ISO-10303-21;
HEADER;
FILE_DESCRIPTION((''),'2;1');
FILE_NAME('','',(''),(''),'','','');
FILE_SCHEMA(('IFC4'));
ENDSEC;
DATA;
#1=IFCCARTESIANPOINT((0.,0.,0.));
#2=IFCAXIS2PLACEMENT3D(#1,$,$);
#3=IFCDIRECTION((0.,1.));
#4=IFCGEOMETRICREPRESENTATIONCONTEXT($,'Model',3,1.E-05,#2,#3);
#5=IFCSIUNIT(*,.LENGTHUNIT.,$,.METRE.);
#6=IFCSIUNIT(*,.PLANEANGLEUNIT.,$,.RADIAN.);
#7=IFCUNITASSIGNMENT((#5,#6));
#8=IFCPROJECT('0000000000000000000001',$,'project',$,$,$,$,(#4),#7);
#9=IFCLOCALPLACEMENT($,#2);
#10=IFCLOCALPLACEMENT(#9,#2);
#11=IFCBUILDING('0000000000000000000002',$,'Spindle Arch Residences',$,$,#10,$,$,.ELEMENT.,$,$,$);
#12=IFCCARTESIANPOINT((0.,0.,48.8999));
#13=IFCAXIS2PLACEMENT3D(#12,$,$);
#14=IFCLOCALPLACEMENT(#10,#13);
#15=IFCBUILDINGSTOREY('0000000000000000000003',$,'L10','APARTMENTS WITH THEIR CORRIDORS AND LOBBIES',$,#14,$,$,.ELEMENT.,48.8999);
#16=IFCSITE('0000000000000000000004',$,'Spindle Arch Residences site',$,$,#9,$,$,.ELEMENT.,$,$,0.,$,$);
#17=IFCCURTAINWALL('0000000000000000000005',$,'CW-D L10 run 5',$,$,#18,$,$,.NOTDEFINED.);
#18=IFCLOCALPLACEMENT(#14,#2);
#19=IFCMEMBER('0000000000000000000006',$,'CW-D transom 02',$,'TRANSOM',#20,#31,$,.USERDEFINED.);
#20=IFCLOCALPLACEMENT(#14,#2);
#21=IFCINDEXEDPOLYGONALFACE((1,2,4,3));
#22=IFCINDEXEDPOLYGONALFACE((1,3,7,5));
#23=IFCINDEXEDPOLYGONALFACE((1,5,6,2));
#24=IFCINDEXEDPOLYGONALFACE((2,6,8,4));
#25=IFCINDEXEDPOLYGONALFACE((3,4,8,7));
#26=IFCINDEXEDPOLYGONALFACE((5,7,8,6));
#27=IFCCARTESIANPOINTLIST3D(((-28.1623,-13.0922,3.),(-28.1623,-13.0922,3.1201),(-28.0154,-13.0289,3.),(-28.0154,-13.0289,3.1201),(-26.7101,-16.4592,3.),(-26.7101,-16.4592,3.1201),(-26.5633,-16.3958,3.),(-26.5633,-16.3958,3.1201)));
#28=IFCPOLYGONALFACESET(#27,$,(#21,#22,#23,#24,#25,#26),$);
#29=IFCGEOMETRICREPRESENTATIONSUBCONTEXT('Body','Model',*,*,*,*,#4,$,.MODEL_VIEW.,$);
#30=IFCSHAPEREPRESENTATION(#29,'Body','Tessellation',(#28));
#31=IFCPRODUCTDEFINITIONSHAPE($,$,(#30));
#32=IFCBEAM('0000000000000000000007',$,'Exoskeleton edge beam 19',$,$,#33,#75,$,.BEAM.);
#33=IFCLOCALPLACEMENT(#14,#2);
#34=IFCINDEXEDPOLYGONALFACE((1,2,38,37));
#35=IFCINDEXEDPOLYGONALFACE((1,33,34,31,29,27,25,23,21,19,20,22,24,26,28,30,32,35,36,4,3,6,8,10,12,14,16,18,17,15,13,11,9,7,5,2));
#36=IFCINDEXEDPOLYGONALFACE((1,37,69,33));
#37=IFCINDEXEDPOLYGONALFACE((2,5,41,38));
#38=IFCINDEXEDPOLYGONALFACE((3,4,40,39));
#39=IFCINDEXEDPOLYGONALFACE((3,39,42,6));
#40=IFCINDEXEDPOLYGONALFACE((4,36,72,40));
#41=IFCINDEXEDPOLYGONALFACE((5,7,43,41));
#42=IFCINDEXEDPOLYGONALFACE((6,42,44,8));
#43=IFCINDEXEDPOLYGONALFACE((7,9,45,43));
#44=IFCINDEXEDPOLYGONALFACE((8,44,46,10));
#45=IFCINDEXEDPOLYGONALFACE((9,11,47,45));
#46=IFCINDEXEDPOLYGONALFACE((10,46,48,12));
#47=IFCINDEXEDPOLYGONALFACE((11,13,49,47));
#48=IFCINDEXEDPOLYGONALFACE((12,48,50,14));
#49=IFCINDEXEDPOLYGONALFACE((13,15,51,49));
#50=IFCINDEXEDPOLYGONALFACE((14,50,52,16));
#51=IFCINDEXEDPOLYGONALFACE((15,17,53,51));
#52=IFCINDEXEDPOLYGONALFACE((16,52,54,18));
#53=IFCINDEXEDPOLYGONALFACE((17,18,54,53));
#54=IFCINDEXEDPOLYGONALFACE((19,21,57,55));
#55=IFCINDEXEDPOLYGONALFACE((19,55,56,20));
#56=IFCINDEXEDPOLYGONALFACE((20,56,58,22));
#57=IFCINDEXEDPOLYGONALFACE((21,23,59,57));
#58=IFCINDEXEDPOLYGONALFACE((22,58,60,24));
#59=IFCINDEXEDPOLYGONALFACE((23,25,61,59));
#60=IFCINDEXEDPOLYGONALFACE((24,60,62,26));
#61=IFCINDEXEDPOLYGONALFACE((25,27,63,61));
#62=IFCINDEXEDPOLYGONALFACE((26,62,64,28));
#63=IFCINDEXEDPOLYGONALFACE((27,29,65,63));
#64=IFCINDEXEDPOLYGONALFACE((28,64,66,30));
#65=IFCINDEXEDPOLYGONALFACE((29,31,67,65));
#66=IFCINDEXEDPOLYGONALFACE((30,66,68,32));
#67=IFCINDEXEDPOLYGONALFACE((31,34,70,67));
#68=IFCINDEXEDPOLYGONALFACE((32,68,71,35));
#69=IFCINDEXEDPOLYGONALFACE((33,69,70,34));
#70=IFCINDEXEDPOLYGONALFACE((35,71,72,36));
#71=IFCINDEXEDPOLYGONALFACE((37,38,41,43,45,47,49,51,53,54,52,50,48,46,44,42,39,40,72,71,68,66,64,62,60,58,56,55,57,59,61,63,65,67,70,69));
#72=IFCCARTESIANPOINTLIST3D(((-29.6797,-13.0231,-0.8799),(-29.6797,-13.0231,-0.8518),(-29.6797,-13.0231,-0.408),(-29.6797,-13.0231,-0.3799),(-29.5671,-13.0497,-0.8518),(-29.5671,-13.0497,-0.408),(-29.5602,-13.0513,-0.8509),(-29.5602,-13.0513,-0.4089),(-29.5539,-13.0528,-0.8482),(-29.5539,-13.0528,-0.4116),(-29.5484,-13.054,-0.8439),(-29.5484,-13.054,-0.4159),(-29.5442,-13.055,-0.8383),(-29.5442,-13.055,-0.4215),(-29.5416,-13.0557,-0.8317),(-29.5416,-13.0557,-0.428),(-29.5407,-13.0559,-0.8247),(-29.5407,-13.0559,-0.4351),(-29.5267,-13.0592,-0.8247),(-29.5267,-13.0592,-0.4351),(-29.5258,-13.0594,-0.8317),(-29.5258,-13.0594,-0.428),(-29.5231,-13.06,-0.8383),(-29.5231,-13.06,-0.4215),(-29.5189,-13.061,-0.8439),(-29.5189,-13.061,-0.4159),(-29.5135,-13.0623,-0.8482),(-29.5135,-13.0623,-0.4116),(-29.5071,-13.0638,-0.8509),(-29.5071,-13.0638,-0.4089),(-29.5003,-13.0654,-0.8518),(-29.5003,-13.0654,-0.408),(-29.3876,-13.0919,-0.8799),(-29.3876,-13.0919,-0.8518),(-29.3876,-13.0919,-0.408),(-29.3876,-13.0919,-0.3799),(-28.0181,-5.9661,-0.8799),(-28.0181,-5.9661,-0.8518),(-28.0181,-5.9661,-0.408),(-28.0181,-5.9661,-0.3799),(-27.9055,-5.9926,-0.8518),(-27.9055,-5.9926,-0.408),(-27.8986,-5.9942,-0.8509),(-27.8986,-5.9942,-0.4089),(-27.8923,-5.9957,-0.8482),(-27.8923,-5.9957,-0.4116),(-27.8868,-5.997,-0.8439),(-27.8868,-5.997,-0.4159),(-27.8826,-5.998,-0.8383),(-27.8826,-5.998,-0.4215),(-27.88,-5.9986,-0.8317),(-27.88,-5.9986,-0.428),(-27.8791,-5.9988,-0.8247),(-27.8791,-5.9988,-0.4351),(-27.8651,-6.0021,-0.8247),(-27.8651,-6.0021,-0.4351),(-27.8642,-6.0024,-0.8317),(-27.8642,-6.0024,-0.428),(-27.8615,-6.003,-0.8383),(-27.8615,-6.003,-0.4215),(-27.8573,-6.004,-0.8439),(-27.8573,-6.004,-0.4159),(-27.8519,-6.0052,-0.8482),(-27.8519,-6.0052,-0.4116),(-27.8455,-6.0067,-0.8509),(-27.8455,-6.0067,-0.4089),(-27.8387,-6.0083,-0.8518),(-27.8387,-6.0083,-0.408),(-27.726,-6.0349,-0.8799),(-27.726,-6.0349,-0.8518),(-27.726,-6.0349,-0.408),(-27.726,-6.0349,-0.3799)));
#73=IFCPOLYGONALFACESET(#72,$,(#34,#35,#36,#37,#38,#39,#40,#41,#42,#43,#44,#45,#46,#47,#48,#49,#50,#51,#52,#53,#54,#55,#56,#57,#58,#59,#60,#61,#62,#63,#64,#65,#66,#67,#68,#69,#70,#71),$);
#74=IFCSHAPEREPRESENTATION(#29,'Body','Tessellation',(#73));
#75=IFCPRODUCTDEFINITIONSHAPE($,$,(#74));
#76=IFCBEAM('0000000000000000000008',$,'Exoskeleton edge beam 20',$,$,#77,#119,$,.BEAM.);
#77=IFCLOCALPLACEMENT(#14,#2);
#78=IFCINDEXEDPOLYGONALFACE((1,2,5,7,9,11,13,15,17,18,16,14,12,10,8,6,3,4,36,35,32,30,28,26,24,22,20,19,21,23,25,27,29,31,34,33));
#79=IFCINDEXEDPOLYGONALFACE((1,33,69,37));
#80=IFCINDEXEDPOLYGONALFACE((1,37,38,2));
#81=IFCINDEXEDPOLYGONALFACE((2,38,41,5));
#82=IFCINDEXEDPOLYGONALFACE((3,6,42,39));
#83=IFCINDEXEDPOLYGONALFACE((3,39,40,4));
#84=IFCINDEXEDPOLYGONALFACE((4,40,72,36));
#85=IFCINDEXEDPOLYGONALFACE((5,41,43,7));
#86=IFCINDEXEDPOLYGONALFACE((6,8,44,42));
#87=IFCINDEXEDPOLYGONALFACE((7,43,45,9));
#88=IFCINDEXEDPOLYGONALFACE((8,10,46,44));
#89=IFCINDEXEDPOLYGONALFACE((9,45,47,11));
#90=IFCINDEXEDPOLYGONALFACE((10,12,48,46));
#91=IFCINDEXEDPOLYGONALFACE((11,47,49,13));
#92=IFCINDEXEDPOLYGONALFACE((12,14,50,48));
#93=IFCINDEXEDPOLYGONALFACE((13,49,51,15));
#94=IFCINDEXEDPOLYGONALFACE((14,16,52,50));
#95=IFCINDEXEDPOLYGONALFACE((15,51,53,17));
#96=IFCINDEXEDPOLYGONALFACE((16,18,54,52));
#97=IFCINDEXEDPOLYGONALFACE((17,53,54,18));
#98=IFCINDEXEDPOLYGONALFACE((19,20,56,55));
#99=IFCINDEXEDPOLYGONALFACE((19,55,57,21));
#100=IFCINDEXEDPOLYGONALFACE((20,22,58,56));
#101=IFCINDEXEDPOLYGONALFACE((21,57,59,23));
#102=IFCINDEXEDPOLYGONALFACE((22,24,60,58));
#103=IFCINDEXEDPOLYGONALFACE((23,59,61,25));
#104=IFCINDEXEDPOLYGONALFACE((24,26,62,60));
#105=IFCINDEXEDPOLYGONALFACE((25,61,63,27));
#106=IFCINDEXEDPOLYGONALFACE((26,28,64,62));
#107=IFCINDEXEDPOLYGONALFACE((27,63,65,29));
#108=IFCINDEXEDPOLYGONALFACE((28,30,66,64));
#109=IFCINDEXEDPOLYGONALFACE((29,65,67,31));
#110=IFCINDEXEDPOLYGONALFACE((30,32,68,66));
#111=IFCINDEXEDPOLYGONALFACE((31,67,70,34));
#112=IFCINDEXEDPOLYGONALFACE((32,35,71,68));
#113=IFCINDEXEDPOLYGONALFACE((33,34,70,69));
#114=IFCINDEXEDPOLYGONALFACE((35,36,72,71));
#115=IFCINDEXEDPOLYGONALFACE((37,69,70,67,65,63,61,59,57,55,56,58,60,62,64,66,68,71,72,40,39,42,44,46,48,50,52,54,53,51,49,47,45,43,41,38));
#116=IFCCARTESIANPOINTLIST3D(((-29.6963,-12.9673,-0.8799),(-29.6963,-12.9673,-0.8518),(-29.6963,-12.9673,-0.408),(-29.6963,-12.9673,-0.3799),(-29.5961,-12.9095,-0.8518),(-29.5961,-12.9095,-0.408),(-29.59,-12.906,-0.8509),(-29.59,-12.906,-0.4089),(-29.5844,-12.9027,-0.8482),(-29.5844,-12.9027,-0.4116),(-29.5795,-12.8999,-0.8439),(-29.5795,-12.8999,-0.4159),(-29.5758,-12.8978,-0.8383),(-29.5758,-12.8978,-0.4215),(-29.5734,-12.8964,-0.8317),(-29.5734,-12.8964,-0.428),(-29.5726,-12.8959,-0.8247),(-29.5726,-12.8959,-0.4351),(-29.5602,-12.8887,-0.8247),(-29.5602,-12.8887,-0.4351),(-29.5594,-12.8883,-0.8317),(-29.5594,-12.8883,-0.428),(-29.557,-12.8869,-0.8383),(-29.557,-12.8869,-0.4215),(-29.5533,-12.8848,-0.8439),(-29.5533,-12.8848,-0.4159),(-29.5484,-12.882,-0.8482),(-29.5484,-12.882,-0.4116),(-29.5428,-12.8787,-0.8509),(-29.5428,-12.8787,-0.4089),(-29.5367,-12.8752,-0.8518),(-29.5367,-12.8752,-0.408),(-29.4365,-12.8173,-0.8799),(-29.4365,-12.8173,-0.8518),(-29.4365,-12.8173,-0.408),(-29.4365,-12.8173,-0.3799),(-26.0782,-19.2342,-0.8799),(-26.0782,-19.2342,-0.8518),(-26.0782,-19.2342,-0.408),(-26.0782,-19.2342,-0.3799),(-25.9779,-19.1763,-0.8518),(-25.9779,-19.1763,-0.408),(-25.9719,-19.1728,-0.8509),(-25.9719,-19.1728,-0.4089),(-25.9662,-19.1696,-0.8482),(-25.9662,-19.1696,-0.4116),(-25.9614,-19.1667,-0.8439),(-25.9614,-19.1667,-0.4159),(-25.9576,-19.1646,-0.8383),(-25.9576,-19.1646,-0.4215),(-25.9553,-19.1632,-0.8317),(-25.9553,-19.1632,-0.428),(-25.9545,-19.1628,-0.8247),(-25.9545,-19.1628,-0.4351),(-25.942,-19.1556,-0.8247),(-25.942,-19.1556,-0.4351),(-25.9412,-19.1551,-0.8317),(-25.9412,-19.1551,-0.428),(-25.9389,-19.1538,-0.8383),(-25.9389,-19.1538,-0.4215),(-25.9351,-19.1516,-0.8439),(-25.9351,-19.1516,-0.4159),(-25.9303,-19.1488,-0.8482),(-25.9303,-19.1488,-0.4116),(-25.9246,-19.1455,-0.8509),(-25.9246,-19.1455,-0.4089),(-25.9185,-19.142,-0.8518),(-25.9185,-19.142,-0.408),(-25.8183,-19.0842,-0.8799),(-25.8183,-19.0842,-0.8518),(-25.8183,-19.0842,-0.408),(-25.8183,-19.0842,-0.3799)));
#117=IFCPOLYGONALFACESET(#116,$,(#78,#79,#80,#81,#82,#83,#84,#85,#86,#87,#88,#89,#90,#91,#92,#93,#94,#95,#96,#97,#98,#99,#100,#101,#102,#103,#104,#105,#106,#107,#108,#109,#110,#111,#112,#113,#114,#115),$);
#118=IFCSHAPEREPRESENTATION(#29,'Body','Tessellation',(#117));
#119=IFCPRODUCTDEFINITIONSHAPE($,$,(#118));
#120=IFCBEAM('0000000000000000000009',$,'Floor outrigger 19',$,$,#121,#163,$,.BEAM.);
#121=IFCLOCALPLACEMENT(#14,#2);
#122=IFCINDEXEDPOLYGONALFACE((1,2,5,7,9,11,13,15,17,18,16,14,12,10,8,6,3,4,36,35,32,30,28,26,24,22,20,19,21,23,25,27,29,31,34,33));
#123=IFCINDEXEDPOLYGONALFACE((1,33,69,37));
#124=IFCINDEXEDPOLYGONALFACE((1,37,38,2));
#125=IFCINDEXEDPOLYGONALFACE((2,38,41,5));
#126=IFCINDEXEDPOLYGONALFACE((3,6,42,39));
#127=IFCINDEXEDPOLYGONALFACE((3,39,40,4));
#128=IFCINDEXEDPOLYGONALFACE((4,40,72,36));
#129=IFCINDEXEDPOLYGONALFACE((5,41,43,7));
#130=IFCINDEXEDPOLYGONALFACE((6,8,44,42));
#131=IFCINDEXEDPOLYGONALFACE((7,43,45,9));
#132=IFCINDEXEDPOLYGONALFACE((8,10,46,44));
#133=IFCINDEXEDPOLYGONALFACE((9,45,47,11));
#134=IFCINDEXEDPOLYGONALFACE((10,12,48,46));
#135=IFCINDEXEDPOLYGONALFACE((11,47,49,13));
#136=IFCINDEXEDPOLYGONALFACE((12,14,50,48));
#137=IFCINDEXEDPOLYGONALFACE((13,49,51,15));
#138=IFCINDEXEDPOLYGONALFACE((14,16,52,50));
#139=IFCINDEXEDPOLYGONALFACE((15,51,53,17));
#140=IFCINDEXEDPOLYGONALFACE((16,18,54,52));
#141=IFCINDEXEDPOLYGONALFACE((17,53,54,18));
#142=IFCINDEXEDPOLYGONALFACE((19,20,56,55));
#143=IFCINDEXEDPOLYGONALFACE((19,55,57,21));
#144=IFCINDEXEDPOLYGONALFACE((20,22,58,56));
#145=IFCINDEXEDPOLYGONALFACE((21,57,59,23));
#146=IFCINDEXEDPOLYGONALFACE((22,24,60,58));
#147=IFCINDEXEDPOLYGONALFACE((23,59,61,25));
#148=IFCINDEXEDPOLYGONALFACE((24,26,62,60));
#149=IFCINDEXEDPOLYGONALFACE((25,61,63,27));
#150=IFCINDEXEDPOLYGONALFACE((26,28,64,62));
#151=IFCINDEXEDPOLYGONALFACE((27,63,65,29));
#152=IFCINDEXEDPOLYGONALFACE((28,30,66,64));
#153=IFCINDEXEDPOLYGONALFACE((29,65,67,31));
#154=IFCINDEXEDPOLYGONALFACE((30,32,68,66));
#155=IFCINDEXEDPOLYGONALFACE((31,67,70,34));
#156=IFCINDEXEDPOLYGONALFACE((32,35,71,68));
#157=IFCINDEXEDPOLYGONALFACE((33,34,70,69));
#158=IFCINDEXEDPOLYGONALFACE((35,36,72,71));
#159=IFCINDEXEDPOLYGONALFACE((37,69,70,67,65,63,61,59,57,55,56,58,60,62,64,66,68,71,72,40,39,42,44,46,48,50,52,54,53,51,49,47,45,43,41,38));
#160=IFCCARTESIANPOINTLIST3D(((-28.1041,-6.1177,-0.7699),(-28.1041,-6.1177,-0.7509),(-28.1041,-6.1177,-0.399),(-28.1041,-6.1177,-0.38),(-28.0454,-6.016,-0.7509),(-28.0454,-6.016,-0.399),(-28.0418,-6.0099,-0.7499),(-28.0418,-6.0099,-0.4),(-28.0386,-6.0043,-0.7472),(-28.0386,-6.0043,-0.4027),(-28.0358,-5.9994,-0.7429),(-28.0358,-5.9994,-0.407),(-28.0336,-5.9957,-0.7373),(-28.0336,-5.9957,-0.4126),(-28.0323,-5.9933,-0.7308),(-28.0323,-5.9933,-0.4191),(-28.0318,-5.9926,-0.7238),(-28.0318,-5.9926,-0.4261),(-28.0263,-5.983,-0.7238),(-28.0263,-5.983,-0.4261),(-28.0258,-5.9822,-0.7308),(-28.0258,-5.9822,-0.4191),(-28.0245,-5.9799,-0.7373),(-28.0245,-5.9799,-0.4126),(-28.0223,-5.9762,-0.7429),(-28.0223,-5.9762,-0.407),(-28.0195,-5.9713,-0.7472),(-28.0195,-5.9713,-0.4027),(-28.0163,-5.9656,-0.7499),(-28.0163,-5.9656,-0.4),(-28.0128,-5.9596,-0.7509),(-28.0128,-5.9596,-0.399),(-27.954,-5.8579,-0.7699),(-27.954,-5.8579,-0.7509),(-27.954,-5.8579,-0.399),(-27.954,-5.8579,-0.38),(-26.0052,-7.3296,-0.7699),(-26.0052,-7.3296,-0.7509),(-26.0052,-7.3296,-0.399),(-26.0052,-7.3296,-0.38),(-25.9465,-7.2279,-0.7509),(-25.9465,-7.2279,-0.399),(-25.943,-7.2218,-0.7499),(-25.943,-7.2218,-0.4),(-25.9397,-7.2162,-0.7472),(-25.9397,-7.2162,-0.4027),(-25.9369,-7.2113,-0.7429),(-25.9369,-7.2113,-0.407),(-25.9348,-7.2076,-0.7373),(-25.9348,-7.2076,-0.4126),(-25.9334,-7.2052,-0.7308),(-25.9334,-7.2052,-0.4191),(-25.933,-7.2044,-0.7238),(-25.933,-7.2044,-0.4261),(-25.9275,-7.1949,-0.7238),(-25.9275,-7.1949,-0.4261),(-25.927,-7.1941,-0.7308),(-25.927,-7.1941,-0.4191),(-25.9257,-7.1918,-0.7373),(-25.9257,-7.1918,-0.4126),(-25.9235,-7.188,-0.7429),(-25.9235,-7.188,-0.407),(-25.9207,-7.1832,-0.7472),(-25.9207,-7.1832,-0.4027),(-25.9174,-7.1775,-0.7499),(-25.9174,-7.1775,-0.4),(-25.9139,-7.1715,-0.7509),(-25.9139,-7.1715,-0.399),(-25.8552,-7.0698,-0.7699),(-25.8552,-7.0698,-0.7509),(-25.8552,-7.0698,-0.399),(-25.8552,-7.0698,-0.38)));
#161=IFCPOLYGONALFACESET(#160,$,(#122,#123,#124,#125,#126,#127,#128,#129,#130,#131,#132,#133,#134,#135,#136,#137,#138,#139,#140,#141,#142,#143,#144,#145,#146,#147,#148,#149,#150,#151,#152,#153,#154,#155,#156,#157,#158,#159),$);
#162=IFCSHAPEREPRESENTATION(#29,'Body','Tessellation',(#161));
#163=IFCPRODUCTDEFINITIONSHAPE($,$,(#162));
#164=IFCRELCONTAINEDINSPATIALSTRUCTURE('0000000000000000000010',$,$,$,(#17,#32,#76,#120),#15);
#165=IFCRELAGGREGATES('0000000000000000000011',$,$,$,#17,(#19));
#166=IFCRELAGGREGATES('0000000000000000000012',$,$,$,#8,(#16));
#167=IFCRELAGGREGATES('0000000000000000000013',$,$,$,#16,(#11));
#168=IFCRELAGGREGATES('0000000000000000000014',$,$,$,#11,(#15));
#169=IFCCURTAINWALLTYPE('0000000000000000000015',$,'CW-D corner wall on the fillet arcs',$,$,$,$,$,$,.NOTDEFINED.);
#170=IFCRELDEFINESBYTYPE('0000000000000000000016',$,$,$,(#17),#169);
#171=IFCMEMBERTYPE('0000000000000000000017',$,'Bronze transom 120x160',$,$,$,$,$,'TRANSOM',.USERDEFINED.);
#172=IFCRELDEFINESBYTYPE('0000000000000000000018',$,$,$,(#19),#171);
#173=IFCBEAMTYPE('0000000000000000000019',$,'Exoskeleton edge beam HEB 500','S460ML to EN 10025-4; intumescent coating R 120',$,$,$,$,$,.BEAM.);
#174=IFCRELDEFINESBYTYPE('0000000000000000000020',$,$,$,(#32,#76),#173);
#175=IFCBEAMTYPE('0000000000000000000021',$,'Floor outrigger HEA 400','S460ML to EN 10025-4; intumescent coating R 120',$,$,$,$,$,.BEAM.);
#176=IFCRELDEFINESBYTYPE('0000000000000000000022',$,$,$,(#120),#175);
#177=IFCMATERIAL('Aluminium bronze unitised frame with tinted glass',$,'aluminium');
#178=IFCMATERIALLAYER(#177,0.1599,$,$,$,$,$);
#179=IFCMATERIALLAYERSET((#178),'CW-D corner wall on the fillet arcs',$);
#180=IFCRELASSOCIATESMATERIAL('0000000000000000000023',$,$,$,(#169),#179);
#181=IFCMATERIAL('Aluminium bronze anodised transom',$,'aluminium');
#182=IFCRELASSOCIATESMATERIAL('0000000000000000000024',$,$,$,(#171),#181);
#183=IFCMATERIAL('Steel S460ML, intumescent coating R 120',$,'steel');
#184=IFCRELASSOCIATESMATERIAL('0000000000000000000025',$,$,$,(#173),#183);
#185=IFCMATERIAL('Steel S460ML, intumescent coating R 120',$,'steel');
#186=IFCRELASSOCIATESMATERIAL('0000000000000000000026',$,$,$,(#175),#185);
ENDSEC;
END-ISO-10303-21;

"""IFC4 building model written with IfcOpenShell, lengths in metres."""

from ifc_helpers import new_model, si_unit, direction, frame, origin, origin_2d, place, context, subcontext, project, spatial, rectangle, i_section, extrude, material, layer, layer_set, material_profile, profile_set, type_object, element, aggregate, save


model = new_model("IFC4")

# Units and contexts
model_context = context("Model", 3, precision=1e-05, world=origin(), true_north=direction((0.0, 1.0)))
body_context = subcontext(model_context, "Body", "Model", "MODEL_VIEW")
ifc_project = project(units=[si_unit("LENGTHUNIT", "METRE"), si_unit("PLANEANGLEUNIT", "RADIAN")], contexts=[model_context])

# Site, building, storey
site_placement = place(None, origin())
site = spatial("IfcSite", under=ifc_project, at=site_placement, Name="Spindle Arch Residences site", CompositionType="ELEMENT", RefElevation=0.0)
building_placement = place(site_placement, origin())
building = spatial("IfcBuilding", under=site, at=building_placement, Name="Spindle Arch Residences", CompositionType="ELEMENT")
storey_placement = place(building_placement, frame((0.0, 0.0, 48.8999)))
storey = spatial("IfcBuildingStorey", under=building, at=storey_placement, Name="L10", Description="APARTMENTS WITH THEIR CORRIDORS AND LOBBIES", CompositionType="ELEMENT", Elevation=48.8999)

# Curtain wall, member
ifc_material_1 = material(Name="Aluminium bronze unitised frame with tinted glass", Category="aluminium")
ifc_layer_1 = layer(ifc_material_1, 0.1599)
ifc_layer_set_1 = layer_set([ifc_layer_1], Name="CW-D corner wall on the fillet arcs")
curtain_wall_type_1 = type_object("IfcCurtainWallType", Name="CW-D corner wall on the fillet arcs", PredefinedType="NOTDEFINED", material=ifc_layer_set_1)
curtain_wall_1_placement = place(storey_placement, origin())
curtain_wall_1 = element("IfcCurtainWall", 1, at=curtain_wall_1_placement, inside=storey, type_object=curtain_wall_type_1, Name="CW-D L10 run 5", PredefinedType="NOTDEFINED")
ifc_material_2 = material(Name="Aluminium bronze anodised transom", Category="aluminium")
ifc_material_profile_1 = material_profile(ifc_material_2, rectangle(XDim=0.1599, YDim=0.1201, at=origin_2d()), Name="TR 120x160")
ifc_profile_set_1 = profile_set([ifc_material_profile_1], Name="Aluminium bronze anodised transom")
member_type_1 = type_object("IfcMemberType", Name="Bronze transom 120x160", ElementType="TRANSOM", PredefinedType="USERDEFINED", material=ifc_profile_set_1)
member_1_placement = place(storey_placement, frame((-28.0889, -13.0605, 3.0601), z_axis=(0.396032, -0.918237, 0.0), x_axis=(0.918237, 0.396032, 0.0)))
member_1 = element("IfcMember", 2, at=member_1_placement, type_object=member_type_1, Name="CW-D transom 02", ObjectType="TRANSOM", PredefinedType="USERDEFINED", context=body_context, shape_type="SweptSolid", body=[
    extrude(rectangle(XDim=0.1599, YDim=0.1201, at=origin_2d()), origin(), (0.0, 0.0, 1.0), 3.6667),
])

# Beams
ifc_material_3 = material(Name="Steel S460ML, intumescent coating R 120", Category="steel")
ifc_material_profile_2 = material_profile(ifc_material_3, i_section(OverallWidth=0.3, OverallDepth=0.5, WebThickness=0.0144, FlangeThickness=0.0281, FilletRadius=0.0271, at=origin_2d()), Name="HEB 500")
ifc_profile_set_2 = profile_set([ifc_material_profile_2], Name="Steel S460ML, intumescent coating R 120")
beam_type_1 = type_object("IfcBeamType", Name="Exoskeleton edge beam HEB 500", Description="S460ML to EN 10025-4; intumescent coating R 120", PredefinedType="BEAM", material=ifc_profile_set_2)
beam_1_placement = place(storey_placement, frame((-27.8721, -6.0005, -0.6299), z_axis=(-0.229186, -0.973383, 0.0), x_axis=(0.973383, -0.229186, 0.0)))
element("IfcBeam", 3, at=beam_1_placement, inside=storey, type_object=beam_type_1, Name="Exoskeleton edge beam 19", PredefinedType="BEAM", context=body_context, shape_type="SweptSolid", body=[
    extrude(i_section(OverallWidth=0.3, OverallDepth=0.5, WebThickness=0.0144, FlangeThickness=0.0281, FilletRadius=0.0271, at=origin_2d()), origin(), (0.0, 0.0, 1.0), 7.25),
])
beam_2_placement = place(storey_placement, frame((-29.5664, -12.8923, -0.6299), z_axis=(0.5, -0.866025, 0.0), x_axis=(0.866025, 0.5, 0.0)))
element("IfcBeam", 4, at=beam_2_placement, inside=storey, type_object=beam_type_1, Name="Exoskeleton edge beam 20", PredefinedType="BEAM", context=body_context, shape_type="SweptSolid", body=[
    extrude(i_section(OverallWidth=0.3, OverallDepth=0.5, WebThickness=0.0144, FlangeThickness=0.0281, FilletRadius=0.0271, at=origin_2d()), origin(), (0.0, 0.0, 1.0), 7.2363),
])
ifc_material_4 = material(Name="Steel S460ML, intumescent coating R 120", Category="steel")
ifc_material_profile_3 = material_profile(ifc_material_4, i_section(OverallWidth=0.3, OverallDepth=0.3899, WebThickness=0.011, FlangeThickness=0.019, FilletRadius=0.0271, at=origin_2d()), Name="HEA 400")
ifc_profile_set_3 = profile_set([ifc_material_profile_3], Name="Steel S460ML, intumescent coating R 120")
beam_type_2 = type_object("IfcBeamType", Name="Floor outrigger HEA 400", Description="S460ML to EN 10025-4; intumescent coating R 120", PredefinedType="BEAM", material=ifc_profile_set_3)
beam_3_placement = place(storey_placement, frame((-28.0291, -5.9878, -0.575), z_axis=(0.866003, -0.500039, 0.0), x_axis=(0.500039, 0.866003, 0.0)))
element("IfcBeam", 5, at=beam_3_placement, inside=storey, type_object=beam_type_2, Name="Floor outrigger 19", PredefinedType="BEAM", context=body_context, shape_type="SweptSolid", body=[
    extrude(i_section(OverallWidth=0.3, OverallDepth=0.3899, WebThickness=0.011, FlangeThickness=0.019, FilletRadius=0.0271, at=origin_2d()), origin(), (0.0, 0.0, 1.0), 2.4236),
])

aggregate(curtain_wall_1, [member_1])

save(model, "model.ifc")
